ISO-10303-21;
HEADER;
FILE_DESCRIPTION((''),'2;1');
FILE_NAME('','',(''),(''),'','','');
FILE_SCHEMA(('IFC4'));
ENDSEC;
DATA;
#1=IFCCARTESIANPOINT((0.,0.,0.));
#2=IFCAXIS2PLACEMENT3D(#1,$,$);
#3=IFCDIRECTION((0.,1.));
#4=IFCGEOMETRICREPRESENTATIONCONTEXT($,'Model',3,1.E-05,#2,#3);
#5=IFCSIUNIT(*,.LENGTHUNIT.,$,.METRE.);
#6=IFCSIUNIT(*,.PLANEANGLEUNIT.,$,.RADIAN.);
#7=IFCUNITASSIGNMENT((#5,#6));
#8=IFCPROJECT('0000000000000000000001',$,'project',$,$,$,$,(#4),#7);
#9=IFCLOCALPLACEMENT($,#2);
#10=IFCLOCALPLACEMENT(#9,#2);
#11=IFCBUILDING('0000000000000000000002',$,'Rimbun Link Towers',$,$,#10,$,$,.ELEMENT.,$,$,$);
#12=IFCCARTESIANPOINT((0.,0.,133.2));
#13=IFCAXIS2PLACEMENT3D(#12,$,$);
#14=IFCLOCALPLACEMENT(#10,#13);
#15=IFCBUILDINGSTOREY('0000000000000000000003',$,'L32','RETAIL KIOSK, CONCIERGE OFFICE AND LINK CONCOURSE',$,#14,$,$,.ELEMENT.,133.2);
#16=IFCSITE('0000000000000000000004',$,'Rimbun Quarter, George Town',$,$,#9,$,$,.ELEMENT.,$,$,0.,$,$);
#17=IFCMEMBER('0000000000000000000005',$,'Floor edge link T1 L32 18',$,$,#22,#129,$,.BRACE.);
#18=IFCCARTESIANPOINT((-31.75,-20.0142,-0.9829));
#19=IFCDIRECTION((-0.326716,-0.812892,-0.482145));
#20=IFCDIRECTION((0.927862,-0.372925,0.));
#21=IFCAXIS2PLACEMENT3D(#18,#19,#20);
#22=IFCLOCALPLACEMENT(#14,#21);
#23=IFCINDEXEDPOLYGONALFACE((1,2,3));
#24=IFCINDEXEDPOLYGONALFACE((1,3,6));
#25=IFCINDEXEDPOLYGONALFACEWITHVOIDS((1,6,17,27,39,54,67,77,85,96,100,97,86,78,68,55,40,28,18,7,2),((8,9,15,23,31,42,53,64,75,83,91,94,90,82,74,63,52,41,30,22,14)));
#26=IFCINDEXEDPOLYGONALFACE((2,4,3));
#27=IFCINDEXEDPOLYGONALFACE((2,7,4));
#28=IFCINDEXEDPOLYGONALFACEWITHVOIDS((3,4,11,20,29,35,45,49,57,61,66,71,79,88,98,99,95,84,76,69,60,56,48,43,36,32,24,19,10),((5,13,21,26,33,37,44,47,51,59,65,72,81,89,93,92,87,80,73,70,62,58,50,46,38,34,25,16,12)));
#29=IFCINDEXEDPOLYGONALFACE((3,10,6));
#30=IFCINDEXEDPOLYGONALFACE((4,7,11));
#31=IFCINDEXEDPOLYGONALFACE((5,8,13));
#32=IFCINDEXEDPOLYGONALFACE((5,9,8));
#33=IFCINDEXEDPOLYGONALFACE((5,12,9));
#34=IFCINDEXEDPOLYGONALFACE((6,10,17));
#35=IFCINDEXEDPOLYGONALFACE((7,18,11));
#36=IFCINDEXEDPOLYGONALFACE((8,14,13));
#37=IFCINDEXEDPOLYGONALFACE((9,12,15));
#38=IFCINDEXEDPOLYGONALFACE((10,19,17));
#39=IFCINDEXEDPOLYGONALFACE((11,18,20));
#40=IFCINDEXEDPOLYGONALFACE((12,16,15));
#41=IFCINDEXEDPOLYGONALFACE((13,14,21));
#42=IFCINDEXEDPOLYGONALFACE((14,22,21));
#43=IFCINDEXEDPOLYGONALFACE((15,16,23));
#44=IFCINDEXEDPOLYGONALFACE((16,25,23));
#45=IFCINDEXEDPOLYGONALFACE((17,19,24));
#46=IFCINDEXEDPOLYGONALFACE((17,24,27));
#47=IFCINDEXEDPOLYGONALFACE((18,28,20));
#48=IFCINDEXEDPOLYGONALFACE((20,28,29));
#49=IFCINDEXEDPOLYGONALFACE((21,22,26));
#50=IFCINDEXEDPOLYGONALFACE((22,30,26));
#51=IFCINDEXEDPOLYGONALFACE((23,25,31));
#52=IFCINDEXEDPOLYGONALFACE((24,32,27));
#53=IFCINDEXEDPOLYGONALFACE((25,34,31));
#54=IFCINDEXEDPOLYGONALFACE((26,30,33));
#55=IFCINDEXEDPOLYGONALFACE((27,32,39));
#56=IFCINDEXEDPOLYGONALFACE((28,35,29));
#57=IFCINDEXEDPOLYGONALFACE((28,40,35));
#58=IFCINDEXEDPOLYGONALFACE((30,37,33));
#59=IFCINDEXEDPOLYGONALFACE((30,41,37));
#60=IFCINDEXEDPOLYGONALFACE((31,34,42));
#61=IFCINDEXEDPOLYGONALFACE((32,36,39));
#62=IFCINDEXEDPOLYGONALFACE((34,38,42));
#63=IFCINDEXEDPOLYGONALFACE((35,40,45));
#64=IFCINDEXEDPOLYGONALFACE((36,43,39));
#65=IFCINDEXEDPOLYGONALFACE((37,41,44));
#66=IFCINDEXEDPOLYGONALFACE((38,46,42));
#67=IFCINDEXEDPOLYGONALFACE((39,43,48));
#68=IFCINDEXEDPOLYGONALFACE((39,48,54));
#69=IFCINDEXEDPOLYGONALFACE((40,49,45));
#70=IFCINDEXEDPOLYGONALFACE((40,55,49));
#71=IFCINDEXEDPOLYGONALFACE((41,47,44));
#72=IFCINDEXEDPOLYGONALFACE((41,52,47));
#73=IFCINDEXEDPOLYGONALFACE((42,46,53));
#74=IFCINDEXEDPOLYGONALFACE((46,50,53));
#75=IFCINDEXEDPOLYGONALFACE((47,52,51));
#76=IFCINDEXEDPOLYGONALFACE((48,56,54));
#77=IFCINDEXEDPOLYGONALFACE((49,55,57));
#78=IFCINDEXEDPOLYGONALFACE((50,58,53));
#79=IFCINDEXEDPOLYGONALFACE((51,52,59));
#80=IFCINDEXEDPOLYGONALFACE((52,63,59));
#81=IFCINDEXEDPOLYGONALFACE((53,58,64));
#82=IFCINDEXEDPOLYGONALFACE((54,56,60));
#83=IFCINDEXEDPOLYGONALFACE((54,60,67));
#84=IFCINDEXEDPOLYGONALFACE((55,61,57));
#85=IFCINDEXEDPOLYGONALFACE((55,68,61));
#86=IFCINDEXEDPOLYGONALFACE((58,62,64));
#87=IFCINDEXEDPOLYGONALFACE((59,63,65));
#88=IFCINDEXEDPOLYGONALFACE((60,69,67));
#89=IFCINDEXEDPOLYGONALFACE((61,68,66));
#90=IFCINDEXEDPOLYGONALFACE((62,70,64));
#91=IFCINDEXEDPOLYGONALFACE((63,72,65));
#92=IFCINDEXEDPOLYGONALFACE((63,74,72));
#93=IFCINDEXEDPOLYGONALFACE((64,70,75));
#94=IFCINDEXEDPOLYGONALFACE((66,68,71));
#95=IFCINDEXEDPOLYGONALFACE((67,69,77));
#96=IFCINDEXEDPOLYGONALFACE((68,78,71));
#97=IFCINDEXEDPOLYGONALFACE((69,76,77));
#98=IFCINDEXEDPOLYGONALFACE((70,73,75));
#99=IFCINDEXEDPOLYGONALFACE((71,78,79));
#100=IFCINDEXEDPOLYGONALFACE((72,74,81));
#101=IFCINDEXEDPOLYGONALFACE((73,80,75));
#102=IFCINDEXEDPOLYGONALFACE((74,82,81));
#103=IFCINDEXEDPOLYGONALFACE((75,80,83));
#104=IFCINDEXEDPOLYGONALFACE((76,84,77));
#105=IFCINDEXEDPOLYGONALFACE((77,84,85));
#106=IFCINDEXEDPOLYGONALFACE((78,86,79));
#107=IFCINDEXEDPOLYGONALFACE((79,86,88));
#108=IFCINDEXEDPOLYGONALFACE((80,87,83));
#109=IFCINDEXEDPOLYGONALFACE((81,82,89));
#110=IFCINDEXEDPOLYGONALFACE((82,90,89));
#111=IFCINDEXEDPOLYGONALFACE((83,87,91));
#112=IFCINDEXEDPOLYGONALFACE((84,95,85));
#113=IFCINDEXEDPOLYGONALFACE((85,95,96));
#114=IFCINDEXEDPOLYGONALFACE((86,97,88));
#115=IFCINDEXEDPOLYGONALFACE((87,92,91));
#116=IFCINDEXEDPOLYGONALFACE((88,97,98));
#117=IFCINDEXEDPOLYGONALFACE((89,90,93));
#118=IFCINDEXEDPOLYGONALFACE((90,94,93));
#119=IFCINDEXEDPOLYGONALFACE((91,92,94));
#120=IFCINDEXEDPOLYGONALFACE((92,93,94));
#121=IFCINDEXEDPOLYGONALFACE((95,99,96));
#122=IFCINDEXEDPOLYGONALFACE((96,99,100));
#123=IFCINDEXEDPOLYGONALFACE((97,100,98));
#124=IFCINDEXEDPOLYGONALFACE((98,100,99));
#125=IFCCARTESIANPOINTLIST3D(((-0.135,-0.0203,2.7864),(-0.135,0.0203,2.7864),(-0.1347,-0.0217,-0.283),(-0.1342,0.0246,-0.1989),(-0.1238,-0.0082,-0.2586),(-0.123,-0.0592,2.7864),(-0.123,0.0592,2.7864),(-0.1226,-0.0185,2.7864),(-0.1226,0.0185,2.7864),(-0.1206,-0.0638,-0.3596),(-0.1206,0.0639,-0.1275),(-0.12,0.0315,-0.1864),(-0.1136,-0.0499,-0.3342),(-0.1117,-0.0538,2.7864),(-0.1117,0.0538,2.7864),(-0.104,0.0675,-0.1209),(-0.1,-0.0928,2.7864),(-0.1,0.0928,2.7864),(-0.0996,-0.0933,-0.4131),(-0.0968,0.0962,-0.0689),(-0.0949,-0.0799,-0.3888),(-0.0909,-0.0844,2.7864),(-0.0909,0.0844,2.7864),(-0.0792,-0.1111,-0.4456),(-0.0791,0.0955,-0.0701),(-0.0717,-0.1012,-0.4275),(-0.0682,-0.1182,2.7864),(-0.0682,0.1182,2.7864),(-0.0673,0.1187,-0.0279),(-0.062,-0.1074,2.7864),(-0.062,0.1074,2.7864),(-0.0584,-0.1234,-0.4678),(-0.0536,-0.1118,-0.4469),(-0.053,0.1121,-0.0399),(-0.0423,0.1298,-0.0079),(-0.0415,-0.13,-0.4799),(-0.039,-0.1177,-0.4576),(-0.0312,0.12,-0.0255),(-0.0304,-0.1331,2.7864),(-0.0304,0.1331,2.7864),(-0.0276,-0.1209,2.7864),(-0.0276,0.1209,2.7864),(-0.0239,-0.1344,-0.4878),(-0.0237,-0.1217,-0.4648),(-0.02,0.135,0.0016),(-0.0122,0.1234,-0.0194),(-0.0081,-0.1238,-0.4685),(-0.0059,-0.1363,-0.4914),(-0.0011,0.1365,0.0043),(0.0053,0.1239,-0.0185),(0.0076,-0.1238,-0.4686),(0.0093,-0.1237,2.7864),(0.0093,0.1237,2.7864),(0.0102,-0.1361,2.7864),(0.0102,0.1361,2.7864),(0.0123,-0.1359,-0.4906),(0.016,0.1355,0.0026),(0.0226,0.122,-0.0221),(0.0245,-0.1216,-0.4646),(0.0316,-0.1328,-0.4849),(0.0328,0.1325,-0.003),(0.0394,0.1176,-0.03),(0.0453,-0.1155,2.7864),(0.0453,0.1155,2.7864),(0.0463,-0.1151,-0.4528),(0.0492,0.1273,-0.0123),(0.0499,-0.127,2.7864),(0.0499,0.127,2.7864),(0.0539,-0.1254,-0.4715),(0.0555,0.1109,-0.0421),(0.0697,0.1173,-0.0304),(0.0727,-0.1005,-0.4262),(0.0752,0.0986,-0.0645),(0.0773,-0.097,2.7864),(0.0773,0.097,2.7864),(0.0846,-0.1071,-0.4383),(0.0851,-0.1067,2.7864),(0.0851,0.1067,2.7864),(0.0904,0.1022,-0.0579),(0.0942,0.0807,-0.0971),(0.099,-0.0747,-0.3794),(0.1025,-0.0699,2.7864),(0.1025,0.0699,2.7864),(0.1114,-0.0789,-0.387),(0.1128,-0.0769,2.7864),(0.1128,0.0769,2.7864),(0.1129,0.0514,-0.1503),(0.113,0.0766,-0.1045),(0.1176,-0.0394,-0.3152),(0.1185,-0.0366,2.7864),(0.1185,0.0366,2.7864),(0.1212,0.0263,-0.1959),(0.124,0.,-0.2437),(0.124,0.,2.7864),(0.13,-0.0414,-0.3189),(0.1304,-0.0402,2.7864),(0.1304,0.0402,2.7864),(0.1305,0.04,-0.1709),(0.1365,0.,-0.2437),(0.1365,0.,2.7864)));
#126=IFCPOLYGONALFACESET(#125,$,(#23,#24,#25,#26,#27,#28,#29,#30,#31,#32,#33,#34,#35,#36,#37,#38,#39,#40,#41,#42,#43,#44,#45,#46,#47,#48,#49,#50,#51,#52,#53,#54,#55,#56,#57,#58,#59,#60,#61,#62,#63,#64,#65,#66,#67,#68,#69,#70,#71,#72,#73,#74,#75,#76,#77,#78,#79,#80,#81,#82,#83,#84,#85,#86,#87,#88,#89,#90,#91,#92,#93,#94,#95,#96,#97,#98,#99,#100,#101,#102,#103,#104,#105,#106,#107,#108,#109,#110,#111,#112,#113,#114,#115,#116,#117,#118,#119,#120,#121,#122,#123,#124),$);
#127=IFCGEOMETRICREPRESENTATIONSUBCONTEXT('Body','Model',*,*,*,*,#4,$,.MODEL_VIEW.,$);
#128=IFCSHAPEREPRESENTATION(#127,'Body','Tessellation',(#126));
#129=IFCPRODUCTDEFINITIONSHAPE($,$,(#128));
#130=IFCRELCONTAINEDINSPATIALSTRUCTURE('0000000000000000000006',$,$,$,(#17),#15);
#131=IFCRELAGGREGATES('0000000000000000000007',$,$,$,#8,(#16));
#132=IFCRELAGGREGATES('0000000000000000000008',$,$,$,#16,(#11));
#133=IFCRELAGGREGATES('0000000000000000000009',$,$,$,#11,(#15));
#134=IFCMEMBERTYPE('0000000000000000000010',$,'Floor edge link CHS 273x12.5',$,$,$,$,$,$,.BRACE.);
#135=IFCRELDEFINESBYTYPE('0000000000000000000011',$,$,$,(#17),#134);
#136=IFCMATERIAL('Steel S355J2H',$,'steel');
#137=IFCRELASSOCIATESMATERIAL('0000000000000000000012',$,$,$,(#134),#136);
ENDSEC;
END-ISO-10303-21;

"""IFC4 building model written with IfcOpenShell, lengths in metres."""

from ifc_helpers import new_model, si_unit, direction, frame, origin, origin_2d, place, context, subcontext, project, spatial, hollow_circle, extrude, clip, halfspace, material, material_profile, profile_set, type_object, element, save


model = new_model("IFC4")

# Units and contexts
model_context = context("Model", 3, precision=1e-05, world=origin(), true_north=direction((0.0, 1.0)))
body_context = subcontext(model_context, "Body", "Model", "MODEL_VIEW")
ifc_project = project(units=[si_unit("LENGTHUNIT", "METRE"), si_unit("PLANEANGLEUNIT", "RADIAN")], contexts=[model_context])

# Site, building, storey
site_placement = place(None, origin())
site = spatial("IfcSite", under=ifc_project, at=site_placement, Name="Rimbun Quarter, George Town", CompositionType="ELEMENT", RefElevation=0.0)
building_placement = place(site_placement, origin())
building = spatial("IfcBuilding", under=site, at=building_placement, Name="Rimbun Link Towers", CompositionType="ELEMENT")
storey_placement = place(building_placement, frame((0.0, 0.0, 133.2)))
storey = spatial("IfcBuildingStorey", under=building, at=storey_placement, Name="L32", Description="RETAIL KIOSK, CONCIERGE OFFICE AND LINK CONCOURSE", CompositionType="ELEMENT", Elevation=133.2)

# Member
ifc_material_1 = material(Name="Steel S355J2H", Category="steel")
ifc_material_profile_1 = material_profile(ifc_material_1, hollow_circle(Radius=0.1365, WallThickness=0.0125, at=origin_2d()), Name="CHS 273x12.5")
ifc_profile_set_1 = profile_set([ifc_material_profile_1], Name="Steel S355J2H")
member_type_1 = type_object("IfcMemberType", Name="Floor edge link CHS 273x12.5", PredefinedType="BRACE", material=ifc_profile_set_1)
member_1_placement = place(storey_placement, frame((-31.75, -20.0142, -0.9829), z_axis=(-0.326716, -0.812892, -0.482145), x_axis=(0.927862, -0.372925, 0.0)))
element("IfcMember", 1, at=member_1_placement, inside=storey, type_object=member_type_1, Name="Floor edge link T1 L32 18", PredefinedType="BRACE", context=body_context, shape_type="Clipping", body=[
    clip(extrude(hollow_circle(Radius=0.1365, WallThickness=0.0125, at=origin_2d()), frame((0.0, 0.0, -0.5168)), (0.0, 0.0, 1.0), 3.3032), halfspace(frame((0.0, 0.0, -0.2437), z_axis=(0.0, 0.876091, -0.482145)), False)),
])

save(model, "model.ifc")
